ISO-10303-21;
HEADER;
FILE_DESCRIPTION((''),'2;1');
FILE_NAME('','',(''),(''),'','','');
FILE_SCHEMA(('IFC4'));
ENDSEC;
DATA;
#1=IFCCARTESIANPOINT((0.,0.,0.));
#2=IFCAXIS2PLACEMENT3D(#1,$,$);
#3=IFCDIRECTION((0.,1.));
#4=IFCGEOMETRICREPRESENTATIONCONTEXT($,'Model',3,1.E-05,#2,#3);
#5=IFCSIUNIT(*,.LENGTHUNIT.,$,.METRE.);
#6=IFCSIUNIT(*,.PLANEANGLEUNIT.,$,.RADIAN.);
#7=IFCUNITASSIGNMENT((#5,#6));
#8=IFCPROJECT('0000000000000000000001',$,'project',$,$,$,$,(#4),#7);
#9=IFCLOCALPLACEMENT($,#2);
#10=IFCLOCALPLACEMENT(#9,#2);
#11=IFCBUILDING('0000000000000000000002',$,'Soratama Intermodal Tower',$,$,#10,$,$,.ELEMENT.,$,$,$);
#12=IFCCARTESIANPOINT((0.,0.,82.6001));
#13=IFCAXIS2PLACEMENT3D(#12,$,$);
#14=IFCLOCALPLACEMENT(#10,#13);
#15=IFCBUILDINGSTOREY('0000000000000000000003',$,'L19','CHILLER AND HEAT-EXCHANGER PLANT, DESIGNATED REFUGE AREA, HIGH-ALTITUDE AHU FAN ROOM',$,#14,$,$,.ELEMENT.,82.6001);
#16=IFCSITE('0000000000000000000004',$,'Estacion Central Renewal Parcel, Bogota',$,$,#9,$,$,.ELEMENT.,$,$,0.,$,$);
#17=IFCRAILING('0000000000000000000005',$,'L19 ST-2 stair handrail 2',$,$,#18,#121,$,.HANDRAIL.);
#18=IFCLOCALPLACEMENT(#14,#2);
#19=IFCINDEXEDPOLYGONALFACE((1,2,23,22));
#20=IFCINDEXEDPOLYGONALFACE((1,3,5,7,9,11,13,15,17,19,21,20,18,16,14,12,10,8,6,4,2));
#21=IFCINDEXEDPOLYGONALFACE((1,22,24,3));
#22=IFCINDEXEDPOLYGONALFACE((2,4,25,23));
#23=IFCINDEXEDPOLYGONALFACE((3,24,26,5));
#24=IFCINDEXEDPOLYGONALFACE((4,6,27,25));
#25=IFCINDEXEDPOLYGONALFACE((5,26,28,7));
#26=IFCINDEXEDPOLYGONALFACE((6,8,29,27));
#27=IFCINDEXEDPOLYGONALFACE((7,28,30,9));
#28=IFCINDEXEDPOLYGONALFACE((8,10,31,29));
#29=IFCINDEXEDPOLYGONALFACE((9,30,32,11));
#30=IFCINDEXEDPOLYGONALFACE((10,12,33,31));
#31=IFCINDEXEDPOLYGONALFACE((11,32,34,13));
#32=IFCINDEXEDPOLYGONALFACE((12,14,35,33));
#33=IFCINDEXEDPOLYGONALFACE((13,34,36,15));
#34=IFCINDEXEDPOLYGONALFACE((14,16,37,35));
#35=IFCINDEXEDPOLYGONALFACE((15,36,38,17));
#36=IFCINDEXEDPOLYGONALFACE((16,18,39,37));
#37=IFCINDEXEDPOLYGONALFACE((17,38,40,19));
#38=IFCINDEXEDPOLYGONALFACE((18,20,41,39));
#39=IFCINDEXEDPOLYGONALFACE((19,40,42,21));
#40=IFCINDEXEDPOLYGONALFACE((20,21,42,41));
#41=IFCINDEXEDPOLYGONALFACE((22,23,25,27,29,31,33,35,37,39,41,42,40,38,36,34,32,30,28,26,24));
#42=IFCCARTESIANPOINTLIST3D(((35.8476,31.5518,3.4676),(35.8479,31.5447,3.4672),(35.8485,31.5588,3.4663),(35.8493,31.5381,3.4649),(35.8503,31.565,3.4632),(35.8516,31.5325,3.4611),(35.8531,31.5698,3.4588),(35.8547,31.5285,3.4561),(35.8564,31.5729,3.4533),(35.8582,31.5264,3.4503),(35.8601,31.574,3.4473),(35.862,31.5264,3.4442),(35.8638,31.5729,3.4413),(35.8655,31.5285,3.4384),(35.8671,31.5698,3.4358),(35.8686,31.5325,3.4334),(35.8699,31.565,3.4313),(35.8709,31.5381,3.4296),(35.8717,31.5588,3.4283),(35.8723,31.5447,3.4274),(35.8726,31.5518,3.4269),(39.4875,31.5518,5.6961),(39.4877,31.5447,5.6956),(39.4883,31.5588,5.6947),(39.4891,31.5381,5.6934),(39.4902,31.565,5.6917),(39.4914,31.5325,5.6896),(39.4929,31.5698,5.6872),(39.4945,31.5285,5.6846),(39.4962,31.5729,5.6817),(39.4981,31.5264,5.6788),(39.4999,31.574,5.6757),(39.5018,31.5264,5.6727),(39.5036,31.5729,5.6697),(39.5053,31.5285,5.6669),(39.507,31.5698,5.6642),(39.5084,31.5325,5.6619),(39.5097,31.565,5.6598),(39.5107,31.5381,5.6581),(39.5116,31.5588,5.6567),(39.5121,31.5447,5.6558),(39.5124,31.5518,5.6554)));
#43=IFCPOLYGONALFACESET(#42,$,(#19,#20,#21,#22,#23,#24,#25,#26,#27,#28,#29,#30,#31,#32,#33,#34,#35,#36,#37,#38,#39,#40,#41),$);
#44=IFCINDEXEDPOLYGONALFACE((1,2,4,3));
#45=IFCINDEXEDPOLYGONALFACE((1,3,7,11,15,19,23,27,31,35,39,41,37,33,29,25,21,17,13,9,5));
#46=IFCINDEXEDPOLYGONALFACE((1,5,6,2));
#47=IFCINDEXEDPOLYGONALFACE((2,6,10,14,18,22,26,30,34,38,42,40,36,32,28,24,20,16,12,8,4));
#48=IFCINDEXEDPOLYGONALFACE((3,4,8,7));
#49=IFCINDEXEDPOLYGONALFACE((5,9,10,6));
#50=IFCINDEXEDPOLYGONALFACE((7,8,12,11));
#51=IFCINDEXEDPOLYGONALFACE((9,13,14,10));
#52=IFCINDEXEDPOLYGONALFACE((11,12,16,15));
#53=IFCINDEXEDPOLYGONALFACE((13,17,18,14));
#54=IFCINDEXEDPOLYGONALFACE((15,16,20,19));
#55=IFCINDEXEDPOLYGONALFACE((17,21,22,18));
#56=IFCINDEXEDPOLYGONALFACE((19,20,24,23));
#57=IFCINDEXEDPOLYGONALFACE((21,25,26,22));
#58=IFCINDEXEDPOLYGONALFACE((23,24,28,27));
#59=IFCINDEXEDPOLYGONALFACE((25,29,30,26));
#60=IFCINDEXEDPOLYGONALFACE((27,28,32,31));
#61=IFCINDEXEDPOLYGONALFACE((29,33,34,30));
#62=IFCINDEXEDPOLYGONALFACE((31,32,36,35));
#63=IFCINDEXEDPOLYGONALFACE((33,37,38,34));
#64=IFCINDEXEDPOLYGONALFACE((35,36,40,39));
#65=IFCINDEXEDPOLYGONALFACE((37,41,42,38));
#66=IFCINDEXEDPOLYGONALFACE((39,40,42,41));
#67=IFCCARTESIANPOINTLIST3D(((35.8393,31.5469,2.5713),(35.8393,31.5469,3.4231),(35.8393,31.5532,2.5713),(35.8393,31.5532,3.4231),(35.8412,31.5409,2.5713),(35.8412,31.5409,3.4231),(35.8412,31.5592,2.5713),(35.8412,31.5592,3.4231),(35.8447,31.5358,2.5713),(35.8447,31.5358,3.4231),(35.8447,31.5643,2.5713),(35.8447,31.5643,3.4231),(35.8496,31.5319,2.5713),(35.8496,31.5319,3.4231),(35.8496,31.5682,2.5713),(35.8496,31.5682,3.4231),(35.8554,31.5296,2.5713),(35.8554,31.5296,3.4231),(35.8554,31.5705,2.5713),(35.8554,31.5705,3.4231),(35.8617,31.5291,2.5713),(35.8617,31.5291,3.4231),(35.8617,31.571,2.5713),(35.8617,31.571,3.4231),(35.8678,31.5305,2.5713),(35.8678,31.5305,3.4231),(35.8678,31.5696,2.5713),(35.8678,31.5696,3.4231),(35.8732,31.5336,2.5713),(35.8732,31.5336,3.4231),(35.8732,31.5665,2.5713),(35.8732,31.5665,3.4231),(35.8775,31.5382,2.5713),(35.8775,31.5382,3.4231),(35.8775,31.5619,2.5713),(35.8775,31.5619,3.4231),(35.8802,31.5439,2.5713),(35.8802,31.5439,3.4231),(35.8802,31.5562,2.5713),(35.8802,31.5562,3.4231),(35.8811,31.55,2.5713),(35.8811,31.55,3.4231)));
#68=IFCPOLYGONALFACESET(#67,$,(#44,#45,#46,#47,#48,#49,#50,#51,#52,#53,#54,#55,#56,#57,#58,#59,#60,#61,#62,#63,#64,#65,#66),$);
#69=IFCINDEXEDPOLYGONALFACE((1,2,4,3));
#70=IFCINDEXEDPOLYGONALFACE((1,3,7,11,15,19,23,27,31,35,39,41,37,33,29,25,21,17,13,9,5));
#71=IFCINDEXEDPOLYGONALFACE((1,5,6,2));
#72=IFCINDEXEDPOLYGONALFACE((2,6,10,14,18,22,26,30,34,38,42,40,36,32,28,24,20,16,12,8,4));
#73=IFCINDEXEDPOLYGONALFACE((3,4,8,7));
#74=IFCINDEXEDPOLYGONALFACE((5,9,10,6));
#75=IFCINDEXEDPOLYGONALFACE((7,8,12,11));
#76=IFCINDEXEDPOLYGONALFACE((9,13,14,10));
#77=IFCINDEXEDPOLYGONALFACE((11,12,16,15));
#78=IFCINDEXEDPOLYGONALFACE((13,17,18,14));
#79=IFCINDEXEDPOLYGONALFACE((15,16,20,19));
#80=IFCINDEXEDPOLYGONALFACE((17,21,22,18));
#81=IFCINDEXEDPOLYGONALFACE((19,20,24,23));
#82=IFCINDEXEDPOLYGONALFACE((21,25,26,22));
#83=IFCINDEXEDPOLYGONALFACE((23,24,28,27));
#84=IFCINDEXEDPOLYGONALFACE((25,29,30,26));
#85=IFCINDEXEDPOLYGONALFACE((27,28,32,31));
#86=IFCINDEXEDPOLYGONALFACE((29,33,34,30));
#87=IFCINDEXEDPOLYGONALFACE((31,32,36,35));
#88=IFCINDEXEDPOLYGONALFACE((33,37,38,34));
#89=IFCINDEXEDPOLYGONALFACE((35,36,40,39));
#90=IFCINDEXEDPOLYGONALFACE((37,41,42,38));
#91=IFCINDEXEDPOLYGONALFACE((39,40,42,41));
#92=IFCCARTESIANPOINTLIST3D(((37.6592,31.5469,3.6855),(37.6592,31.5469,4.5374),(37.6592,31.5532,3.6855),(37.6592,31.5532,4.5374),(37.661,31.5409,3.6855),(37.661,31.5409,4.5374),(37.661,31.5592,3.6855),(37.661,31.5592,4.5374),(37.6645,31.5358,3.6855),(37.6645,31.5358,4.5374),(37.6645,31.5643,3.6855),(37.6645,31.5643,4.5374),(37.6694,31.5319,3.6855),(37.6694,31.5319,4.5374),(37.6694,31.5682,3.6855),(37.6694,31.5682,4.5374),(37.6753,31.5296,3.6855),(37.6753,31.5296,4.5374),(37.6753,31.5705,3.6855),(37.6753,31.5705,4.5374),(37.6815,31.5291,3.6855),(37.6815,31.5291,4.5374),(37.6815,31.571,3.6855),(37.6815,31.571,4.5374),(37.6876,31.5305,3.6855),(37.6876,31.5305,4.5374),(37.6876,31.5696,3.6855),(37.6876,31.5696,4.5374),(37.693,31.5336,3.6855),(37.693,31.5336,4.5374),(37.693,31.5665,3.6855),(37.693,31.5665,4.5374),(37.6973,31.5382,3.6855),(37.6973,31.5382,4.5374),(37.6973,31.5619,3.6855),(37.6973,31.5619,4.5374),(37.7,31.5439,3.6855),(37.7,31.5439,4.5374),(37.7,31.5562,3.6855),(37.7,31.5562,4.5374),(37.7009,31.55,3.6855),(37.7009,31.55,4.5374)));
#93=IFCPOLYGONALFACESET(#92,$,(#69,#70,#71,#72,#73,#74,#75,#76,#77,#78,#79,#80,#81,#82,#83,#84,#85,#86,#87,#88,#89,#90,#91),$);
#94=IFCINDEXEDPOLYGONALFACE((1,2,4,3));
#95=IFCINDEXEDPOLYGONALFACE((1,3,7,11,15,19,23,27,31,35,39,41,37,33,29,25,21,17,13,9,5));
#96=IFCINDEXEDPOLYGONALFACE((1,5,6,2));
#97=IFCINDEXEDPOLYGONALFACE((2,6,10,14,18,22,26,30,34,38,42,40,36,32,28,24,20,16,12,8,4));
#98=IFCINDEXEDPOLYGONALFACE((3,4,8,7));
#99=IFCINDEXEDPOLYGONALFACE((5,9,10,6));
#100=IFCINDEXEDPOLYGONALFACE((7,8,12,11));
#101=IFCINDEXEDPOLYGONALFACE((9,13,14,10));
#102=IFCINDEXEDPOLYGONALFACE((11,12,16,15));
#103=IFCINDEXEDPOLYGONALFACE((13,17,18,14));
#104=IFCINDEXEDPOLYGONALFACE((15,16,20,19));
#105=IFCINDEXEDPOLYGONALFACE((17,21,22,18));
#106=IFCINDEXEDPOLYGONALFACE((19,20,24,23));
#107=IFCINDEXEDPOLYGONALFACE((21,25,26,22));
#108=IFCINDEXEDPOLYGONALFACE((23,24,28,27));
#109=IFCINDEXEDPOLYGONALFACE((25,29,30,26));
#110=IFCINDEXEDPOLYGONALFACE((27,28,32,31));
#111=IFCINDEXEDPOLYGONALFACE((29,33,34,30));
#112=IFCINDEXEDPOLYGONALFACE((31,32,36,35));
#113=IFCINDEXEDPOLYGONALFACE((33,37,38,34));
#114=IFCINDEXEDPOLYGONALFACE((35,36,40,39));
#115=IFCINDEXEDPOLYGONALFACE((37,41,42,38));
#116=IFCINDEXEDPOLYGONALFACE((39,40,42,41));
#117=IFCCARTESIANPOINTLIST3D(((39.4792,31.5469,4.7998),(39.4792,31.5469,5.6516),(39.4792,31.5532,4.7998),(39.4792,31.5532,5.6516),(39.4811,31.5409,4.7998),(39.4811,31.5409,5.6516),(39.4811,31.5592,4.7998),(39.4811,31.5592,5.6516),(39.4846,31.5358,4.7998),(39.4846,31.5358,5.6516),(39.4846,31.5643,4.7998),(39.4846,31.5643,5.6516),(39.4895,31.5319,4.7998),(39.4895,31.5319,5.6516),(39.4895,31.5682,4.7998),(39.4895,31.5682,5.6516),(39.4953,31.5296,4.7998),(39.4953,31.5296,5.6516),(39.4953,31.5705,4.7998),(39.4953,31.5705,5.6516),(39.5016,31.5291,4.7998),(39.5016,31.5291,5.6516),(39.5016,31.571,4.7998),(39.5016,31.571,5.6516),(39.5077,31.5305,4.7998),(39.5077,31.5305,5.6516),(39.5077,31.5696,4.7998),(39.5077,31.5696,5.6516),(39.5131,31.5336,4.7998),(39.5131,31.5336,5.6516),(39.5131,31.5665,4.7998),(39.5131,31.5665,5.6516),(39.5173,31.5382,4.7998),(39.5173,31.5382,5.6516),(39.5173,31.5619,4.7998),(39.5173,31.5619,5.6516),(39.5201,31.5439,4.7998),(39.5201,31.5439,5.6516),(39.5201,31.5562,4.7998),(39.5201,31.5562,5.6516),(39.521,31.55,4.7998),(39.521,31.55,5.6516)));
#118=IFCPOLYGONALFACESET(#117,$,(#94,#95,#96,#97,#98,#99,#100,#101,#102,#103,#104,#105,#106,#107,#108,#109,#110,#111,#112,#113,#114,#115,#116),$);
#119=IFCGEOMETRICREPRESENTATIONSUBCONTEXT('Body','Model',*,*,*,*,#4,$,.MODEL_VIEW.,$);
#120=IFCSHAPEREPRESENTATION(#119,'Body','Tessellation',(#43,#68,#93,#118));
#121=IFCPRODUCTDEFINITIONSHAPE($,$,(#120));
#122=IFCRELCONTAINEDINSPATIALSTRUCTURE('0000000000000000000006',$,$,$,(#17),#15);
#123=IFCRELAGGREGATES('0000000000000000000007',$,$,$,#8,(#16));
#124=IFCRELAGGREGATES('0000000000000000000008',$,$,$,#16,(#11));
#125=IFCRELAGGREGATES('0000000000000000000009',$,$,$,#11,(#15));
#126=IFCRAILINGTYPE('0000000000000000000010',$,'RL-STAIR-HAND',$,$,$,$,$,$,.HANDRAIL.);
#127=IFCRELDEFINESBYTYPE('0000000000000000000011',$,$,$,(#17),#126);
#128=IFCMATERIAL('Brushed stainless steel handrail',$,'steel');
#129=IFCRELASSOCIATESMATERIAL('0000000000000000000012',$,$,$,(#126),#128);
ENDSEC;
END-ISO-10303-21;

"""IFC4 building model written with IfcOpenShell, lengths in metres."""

from ifc_helpers import new_model, si_unit, direction, frame, origin, origin_2d, place, context, subcontext, project, spatial, circle, extrude, material, type_object, element, save


model = new_model("IFC4")

# Units and contexts
model_context = context("Model", 3, precision=1e-05, world=origin(), true_north=direction((0.0, 1.0)))
body_context = subcontext(model_context, "Body", "Model", "MODEL_VIEW")
ifc_project = project(units=[si_unit("LENGTHUNIT", "METRE"), si_unit("PLANEANGLEUNIT", "RADIAN")], contexts=[model_context])

# Site, building, storey
site_placement = place(None, origin())
site = spatial("IfcSite", under=ifc_project, at=site_placement, Name="Estacion Central Renewal Parcel, Bogota", CompositionType="ELEMENT", RefElevation=0.0)
building_placement = place(site_placement, origin())
building = spatial("IfcBuilding", under=site, at=building_placement, Name="Soratama Intermodal Tower", CompositionType="ELEMENT")
storey_placement = place(building_placement, frame((0.0, 0.0, 82.6001)))
storey = spatial("IfcBuildingStorey", under=building, at=storey_placement, Name="L19", Description="CHILLER AND HEAT-EXCHANGER PLANT, DESIGNATED REFUGE AREA, HIGH-ALTITUDE AHU FAN ROOM", CompositionType="ELEMENT", Elevation=82.6001)

# Railing
ifc_material_1 = material(Name="Brushed stainless steel handrail", Category="steel")
railing_type = type_object("IfcRailingType", Name="RL-STAIR-HAND", PredefinedType="HANDRAIL", material=ifc_material_1)
railing_placement = place(storey_placement, frame((35.8601, 31.55, 2.5713)))
element("IfcRailing", 1, at=railing_placement, inside=storey, type_object=railing_type, Name="L19 ST-2 stair handrail 2", PredefinedType="HANDRAIL", context=body_context, shape_type="SweptSolid", body=[
    extrude(circle(Radius=0.0239, at=origin_2d()), frame((0.0, 0.0, 0.876), z_axis=(0.85285, 0.0, 0.522156), x_axis=(0.0, 1.0, 0.0)), (0.0, 0.0, 1.0), 4.2678),
    extrude(circle(Radius=0.021, at=origin_2d()), origin(), (0.0, 0.0, 1.0), 0.8518),
    extrude(circle(Radius=0.021, at=origin_2d()), frame((1.8198, 0.0, 1.1143)), (0.0, 0.0, 1.0), 0.8518),
    extrude(circle(Radius=0.021, at=origin_2d()), frame((3.6399, 0.0, 2.2285)), (0.0, 0.0, 1.0), 0.8518),
])

save(model, "model.ifc")
